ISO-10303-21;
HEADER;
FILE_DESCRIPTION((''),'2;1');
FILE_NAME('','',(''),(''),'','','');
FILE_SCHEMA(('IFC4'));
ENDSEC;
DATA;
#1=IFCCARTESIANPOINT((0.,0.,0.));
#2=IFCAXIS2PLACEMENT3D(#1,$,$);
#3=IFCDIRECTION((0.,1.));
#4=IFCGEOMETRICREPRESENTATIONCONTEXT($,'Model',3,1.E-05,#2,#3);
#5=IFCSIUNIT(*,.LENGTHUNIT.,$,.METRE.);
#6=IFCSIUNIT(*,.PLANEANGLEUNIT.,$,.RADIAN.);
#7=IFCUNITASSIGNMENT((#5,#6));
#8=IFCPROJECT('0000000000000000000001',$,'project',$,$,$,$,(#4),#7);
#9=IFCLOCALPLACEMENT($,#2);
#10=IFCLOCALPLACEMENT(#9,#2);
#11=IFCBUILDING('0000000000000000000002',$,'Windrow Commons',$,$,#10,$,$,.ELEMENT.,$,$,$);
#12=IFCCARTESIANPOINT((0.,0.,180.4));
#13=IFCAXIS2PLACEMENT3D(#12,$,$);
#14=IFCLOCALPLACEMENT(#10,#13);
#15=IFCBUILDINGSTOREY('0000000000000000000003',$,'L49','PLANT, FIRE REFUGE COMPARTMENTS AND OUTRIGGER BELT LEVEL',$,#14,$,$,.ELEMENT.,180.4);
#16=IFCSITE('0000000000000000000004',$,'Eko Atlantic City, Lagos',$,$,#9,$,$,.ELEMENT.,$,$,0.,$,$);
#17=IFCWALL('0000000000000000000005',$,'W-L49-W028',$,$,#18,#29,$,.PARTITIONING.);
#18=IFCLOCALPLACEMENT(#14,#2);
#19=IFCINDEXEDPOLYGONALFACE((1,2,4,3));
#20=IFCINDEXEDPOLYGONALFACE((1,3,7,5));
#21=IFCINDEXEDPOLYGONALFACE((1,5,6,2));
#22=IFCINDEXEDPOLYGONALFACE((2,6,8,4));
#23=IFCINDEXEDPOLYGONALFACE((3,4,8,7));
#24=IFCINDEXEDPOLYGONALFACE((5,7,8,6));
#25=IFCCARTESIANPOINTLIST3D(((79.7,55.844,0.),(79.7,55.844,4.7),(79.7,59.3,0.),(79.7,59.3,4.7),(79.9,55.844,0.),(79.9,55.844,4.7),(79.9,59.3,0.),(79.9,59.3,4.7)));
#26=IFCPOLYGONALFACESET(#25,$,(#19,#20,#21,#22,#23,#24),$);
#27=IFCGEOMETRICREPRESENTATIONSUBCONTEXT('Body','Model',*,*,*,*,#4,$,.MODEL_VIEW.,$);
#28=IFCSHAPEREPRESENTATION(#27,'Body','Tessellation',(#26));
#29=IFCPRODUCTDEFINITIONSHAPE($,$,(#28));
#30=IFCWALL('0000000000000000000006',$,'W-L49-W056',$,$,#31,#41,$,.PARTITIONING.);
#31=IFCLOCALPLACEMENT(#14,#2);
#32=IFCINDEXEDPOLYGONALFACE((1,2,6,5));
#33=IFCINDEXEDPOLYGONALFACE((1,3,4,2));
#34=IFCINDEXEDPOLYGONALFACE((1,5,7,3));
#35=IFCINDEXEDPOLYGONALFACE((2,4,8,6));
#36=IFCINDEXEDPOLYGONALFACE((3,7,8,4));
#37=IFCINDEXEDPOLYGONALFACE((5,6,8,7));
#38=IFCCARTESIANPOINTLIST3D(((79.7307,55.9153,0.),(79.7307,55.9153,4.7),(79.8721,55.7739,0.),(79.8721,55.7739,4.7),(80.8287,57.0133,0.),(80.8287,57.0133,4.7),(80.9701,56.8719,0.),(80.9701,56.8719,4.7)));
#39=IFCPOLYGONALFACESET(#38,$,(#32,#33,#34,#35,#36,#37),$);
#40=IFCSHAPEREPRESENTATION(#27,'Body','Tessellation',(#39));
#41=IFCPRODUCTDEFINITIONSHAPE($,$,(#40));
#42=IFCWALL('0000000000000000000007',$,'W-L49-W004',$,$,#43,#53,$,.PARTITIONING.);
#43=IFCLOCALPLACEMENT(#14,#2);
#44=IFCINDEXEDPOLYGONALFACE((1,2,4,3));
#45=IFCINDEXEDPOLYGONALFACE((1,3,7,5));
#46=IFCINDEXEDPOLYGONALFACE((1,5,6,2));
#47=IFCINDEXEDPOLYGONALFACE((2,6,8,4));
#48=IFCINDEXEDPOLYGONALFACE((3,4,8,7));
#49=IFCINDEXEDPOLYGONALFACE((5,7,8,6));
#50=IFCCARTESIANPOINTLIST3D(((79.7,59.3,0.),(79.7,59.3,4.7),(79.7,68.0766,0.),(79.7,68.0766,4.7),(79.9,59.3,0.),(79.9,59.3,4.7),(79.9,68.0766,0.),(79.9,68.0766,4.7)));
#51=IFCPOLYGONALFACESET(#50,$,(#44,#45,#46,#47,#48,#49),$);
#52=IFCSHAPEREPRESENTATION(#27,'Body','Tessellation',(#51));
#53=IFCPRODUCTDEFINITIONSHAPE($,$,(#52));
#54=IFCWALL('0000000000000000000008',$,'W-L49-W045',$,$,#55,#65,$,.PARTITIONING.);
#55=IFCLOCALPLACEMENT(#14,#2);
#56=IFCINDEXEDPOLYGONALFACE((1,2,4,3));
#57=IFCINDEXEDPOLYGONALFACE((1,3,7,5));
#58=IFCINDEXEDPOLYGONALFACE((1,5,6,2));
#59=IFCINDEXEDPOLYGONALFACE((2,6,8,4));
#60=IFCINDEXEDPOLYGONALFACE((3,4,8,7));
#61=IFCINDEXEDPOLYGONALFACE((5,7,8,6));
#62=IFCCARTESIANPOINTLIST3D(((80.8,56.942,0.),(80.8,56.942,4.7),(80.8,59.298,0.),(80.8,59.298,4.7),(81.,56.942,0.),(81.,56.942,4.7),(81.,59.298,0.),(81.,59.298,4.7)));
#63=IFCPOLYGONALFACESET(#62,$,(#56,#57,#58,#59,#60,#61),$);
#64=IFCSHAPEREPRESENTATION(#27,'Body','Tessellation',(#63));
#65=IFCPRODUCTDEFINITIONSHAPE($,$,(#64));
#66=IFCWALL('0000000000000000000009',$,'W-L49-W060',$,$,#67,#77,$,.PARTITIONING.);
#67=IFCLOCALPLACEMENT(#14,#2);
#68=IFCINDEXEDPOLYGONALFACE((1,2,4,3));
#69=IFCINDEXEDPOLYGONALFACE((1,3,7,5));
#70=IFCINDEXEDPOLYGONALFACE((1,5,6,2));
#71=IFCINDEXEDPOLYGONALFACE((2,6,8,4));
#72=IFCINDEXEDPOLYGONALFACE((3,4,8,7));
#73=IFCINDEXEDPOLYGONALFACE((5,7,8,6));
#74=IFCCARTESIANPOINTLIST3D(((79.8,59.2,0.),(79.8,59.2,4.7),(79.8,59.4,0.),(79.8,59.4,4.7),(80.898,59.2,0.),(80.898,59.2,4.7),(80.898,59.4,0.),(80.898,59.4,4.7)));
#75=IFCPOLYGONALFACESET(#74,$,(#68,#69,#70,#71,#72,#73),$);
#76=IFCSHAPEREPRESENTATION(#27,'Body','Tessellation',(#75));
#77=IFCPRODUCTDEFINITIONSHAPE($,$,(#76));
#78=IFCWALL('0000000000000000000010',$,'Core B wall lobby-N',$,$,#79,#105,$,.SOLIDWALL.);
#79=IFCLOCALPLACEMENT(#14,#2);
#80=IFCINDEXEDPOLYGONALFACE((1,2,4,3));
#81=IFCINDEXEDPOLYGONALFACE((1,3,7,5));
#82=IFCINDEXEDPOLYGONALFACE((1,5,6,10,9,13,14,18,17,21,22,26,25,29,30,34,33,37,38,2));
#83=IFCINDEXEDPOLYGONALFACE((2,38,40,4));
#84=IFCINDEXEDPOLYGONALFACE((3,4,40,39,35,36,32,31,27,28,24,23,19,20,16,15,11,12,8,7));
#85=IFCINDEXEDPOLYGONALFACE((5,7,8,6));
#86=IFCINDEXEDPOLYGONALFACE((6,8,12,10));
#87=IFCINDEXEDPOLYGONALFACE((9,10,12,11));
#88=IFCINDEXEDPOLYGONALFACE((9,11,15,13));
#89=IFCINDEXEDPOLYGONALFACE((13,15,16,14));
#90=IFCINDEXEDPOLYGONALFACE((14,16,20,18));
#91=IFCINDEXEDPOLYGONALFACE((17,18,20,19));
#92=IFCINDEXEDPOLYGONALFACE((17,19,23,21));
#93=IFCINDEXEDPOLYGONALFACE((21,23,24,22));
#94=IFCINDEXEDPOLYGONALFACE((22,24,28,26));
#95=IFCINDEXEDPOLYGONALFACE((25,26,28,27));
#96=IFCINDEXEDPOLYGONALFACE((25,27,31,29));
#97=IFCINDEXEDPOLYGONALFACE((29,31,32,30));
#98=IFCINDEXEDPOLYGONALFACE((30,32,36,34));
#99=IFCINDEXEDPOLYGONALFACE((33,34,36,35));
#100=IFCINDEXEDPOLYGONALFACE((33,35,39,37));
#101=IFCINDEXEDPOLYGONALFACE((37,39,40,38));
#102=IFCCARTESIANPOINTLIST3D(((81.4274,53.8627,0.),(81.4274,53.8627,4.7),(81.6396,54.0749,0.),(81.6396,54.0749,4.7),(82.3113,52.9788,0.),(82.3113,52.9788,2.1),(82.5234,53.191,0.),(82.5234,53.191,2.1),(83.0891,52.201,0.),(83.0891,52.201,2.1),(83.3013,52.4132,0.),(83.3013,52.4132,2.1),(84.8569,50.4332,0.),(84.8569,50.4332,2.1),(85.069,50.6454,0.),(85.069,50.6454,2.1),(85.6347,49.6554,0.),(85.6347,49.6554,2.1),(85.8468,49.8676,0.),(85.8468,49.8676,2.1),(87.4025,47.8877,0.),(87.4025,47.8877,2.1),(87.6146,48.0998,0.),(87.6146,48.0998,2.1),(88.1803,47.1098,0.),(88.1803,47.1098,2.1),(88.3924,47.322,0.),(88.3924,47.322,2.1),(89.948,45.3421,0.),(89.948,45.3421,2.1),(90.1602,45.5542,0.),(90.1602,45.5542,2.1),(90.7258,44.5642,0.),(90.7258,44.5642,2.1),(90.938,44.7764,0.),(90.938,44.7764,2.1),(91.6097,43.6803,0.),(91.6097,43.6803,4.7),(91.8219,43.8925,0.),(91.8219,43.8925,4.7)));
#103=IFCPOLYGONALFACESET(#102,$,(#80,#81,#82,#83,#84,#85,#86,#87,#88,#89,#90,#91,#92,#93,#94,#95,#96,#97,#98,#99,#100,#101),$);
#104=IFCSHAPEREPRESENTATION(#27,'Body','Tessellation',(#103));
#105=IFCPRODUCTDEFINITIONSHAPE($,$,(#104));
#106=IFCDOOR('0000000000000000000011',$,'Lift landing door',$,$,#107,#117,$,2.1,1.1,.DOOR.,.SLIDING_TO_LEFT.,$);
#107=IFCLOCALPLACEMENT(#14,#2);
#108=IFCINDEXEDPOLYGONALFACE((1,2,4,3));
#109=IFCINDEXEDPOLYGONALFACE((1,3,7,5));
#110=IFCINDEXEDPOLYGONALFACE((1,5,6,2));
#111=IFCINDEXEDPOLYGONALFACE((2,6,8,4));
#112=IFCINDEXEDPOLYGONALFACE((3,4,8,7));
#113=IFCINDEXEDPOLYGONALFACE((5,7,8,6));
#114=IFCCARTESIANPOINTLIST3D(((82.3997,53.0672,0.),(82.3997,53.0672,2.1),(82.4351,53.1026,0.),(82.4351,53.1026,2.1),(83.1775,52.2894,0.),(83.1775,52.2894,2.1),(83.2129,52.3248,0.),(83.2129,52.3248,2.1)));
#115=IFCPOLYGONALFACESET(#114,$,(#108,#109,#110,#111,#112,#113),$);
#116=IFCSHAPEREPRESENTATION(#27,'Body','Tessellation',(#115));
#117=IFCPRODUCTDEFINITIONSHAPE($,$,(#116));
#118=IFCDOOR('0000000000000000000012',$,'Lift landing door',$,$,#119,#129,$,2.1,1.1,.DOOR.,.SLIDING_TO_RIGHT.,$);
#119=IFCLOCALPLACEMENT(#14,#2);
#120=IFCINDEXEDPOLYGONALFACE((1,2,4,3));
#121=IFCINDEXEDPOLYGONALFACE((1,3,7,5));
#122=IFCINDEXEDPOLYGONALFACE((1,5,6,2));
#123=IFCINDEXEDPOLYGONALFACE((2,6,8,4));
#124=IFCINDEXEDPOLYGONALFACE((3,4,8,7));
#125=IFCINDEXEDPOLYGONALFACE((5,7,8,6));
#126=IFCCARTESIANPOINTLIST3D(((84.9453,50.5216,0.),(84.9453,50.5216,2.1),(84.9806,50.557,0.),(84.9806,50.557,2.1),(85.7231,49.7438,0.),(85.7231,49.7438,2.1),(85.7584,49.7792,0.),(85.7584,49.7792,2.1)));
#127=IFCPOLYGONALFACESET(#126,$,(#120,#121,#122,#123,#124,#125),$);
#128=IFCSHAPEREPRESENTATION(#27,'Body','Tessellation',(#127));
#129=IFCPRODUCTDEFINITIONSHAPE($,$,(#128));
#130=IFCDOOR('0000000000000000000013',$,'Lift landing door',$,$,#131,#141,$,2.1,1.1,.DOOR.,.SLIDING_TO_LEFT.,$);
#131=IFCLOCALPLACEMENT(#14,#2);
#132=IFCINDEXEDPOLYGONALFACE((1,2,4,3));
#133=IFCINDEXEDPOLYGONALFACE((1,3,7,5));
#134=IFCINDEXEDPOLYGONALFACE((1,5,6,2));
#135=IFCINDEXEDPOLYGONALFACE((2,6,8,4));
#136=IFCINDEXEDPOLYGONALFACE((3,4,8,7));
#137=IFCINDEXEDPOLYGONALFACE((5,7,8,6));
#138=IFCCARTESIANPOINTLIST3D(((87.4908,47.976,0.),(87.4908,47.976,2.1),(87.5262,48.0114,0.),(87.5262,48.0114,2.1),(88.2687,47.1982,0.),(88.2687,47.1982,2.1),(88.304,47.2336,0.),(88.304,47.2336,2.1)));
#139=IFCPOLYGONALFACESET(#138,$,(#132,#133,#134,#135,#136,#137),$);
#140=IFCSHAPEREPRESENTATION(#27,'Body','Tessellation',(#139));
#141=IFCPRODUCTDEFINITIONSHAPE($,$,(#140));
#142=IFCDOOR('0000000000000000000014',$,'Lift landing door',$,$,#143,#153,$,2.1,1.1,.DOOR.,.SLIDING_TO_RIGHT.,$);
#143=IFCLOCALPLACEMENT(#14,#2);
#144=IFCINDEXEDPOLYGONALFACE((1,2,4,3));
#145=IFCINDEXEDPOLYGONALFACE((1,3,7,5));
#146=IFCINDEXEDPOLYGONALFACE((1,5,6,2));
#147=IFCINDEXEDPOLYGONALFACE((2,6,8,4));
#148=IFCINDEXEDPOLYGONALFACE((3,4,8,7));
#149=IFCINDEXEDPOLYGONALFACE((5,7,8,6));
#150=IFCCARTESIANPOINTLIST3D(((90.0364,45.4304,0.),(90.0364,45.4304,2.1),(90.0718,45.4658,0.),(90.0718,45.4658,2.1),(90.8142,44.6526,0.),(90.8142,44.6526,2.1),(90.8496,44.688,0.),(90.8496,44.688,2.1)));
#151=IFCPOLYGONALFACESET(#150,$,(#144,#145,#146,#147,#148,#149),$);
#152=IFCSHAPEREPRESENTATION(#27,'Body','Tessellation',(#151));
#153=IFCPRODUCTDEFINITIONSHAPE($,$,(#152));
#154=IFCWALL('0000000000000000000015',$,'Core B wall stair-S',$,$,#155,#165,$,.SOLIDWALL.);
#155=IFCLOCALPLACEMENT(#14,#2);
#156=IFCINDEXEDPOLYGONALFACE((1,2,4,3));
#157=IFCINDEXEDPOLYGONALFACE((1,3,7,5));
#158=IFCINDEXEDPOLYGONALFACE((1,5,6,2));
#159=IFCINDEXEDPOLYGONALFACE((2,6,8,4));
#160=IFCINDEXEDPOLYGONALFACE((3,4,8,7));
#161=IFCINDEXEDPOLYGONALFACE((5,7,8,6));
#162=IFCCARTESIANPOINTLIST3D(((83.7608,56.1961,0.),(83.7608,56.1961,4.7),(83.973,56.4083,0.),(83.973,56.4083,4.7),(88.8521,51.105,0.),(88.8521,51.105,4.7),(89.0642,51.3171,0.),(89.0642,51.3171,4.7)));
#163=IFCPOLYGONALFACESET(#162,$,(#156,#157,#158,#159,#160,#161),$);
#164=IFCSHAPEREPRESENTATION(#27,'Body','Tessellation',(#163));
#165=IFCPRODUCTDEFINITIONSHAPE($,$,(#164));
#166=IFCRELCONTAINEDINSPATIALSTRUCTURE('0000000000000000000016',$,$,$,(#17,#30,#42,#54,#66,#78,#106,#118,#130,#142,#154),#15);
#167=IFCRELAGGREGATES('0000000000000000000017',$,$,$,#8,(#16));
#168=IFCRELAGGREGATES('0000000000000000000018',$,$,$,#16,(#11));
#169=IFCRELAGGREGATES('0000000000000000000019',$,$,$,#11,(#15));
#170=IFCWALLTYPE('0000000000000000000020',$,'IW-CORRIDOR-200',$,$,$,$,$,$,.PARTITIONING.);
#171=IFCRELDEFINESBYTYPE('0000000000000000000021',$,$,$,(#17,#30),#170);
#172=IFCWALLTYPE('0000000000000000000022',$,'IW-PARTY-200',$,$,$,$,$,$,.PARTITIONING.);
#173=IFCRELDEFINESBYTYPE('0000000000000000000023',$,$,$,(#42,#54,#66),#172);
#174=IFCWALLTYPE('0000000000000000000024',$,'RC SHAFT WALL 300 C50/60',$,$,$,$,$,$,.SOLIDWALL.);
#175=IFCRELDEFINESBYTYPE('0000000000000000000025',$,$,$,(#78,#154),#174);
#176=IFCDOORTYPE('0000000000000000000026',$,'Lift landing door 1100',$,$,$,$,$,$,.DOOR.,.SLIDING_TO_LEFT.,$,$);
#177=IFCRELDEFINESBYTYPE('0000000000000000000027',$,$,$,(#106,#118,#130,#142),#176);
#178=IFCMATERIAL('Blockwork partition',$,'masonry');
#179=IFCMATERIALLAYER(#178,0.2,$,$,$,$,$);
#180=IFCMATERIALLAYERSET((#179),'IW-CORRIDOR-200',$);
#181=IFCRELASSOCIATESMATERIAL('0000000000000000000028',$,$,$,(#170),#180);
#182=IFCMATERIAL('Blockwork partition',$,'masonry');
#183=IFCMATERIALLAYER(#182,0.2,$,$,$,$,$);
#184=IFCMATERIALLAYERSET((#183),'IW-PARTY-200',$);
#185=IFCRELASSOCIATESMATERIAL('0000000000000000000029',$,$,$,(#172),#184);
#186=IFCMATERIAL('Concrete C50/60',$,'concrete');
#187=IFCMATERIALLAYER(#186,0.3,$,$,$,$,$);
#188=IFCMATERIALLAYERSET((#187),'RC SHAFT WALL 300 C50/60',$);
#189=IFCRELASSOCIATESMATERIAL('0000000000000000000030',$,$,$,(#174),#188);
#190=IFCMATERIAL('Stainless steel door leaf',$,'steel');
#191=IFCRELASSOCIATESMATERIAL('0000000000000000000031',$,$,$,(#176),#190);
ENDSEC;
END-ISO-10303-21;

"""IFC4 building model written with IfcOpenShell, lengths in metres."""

from ifc_helpers import new_model, si_unit, direction, frame, frame_2d, origin, place, context, subcontext, project, spatial, rectangle, extrude, material, layer, layer_set, type_object, element, fill, save


model = new_model("IFC4")

# Units and contexts
model_context = context("Model", 3, precision=1e-05, world=origin(), true_north=direction((0.0, 1.0)))
body_context = subcontext(model_context, "Body", "Model", "MODEL_VIEW")
ifc_project = project(units=[si_unit("LENGTHUNIT", "METRE"), si_unit("PLANEANGLEUNIT", "RADIAN")], contexts=[model_context])

# Site, building, storey
site_placement = place(None, origin())
site = spatial("IfcSite", under=ifc_project, at=site_placement, Name="Eko Atlantic City, Lagos", CompositionType="ELEMENT", RefElevation=0.0)
building_placement = place(site_placement, origin())
building = spatial("IfcBuilding", under=site, at=building_placement, Name="Windrow Commons", CompositionType="ELEMENT")
storey_placement = place(building_placement, frame((0.0, 0.0, 180.4)))
storey = spatial("IfcBuildingStorey", under=building, at=storey_placement, Name="L49", Description="PLANT, FIRE REFUGE COMPARTMENTS AND OUTRIGGER BELT LEVEL", CompositionType="ELEMENT", Elevation=180.4)

# Shared definitions
ifc_material_1 = material(Name="Blockwork partition", Category="masonry")
ifc_layer_1 = layer(ifc_material_1, 0.2)
ifc_layer_set_1 = layer_set([ifc_layer_1], Name="IW-CORRIDOR-200")
wall_type_1 = type_object("IfcWallType", Name="IW-CORRIDOR-200", PredefinedType="PARTITIONING", material=ifc_layer_set_1)

# Walls
wall_1_placement = place(storey_placement, frame((79.8, 55.844, 0.0), z_axis=(0.0, 0.0, 1.0), x_axis=(0.0, 1.0, 0.0)))
element("IfcWall", 1, at=wall_1_placement, inside=storey, type_object=wall_type_1, Name="W-L49-W028", PredefinedType="PARTITIONING", context=body_context, shape_type="SweptSolid", body=[
    extrude(rectangle(XDim=3.456, YDim=0.2, at=frame_2d((1.728, 0.0))), origin(), (0.0, 0.0, 1.0), 4.7),
])
wall_2_placement = place(storey_placement, frame((79.8014, 55.8446, 0.0), z_axis=(0.0, 0.0, 1.0), x_axis=(0.707107, 0.707107, 0.0)))
element("IfcWall", 2, at=wall_2_placement, inside=storey, type_object=wall_type_1, Name="W-L49-W056", PredefinedType="PARTITIONING", context=body_context, shape_type="SweptSolid", body=[
    extrude(rectangle(XDim=1.5528, YDim=0.2, at=frame_2d((0.7764, 0.0))), origin(), (0.0, 0.0, 1.0), 4.7),
])
ifc_material_2 = material(Name="Blockwork partition", Category="masonry")
ifc_layer_2 = layer(ifc_material_2, 0.2)
ifc_layer_set_2 = layer_set([ifc_layer_2], Name="IW-PARTY-200")
wall_type_2 = type_object("IfcWallType", Name="IW-PARTY-200", PredefinedType="PARTITIONING", material=ifc_layer_set_2)
wall_3_placement = place(storey_placement, frame((79.8, 59.3, 0.0), z_axis=(0.0, 0.0, 1.0), x_axis=(0.0, 1.0, 0.0)))
element("IfcWall", 3, at=wall_3_placement, inside=storey, type_object=wall_type_2, Name="W-L49-W004", PredefinedType="PARTITIONING", context=body_context, shape_type="SweptSolid", body=[
    extrude(rectangle(XDim=8.7766, YDim=0.2, at=frame_2d((4.3883, 0.0))), origin(), (0.0, 0.0, 1.0), 4.7),
])
wall_4_placement = place(storey_placement, frame((80.9, 56.942, 0.0), z_axis=(0.0, 0.0, 1.0), x_axis=(0.0, 1.0, 0.0)))
element("IfcWall", 4, at=wall_4_placement, inside=storey, type_object=wall_type_2, Name="W-L49-W045", PredefinedType="PARTITIONING", context=body_context, shape_type="SweptSolid", body=[
    extrude(rectangle(XDim=2.356, YDim=0.2, at=frame_2d((1.178, 0.0))), origin(), (0.0, 0.0, 1.0), 4.7),
])
wall_5_placement = place(storey_placement, frame((79.8, 59.3, 0.0), z_axis=(0.0, 0.0, 1.0), x_axis=(1.0, 0.0, 0.0)))
element("IfcWall", 5, at=wall_5_placement, inside=storey, type_object=wall_type_2, Name="W-L49-W060", PredefinedType="PARTITIONING", context=body_context, shape_type="SweptSolid", body=[
    extrude(rectangle(XDim=1.098, YDim=0.2, at=frame_2d((0.549, 0.0))), origin(), (0.0, 0.0, 1.0), 4.7),
])

# Wall, openings, doors
ifc_material_3 = material(Name="Concrete C50/60", Category="concrete")
ifc_layer_3 = layer(ifc_material_3, 0.3)
ifc_layer_set_3 = layer_set([ifc_layer_3], Name="RC SHAFT WALL 300 C50/60")
wall_type_3 = type_object("IfcWallType", Name="RC SHAFT WALL 300 C50/60", PredefinedType="SOLIDWALL", material=ifc_layer_set_3)
wall_6_placement = place(storey_placement, frame((81.5335, 53.9688, 0.0), z_axis=(0.0, 0.0, 1.0), x_axis=(0.707103, -0.70711, 0.0)))
wall_6 = element("IfcWall", 6, at=wall_6_placement, inside=storey, type_object=wall_type_3, Name="Core B wall lobby-N", PredefinedType="SOLIDWALL", context=body_context, shape_type="SweptSolid", body=[
    extrude(rectangle(XDim=14.4, YDim=0.3, at=frame_2d((7.2, 0.0))), origin(), (0.0, 0.0, 1.0), 4.7),
])
opening_1_placement = place(wall_6_placement, frame((1.25, 0.0, 0.0)))
opening_1 = element("IfcOpeningElement", 7, at=opening_1_placement, cuts=wall_6, PredefinedType="OPENING", context=body_context, shape_type="SweptSolid", body=[
    extrude(rectangle(XDim=1.1, YDim=2.1, at=frame_2d((0.55, 1.05))), frame((0.0, 0.16, 0.0), z_axis=(0.0, -1.0, 0.0), x_axis=(1.0, 0.0, 0.0)), (0.0, 0.0, 1.0), 0.32),
])
opening_2_placement = place(wall_6_placement, frame((4.85, 0.0, 0.0)))
opening_2 = element("IfcOpeningElement", 8, at=opening_2_placement, cuts=wall_6, PredefinedType="OPENING", context=body_context, shape_type="SweptSolid", body=[
    extrude(rectangle(XDim=1.1, YDim=2.1, at=frame_2d((0.55, 1.05))), frame((0.0, 0.16, 0.0), z_axis=(0.0, -1.0, 0.0), x_axis=(1.0, 0.0, 0.0)), (0.0, 0.0, 1.0), 0.32),
])
opening_3_placement = place(wall_6_placement, frame((8.45, 0.0, 0.0)))
opening_3 = element("IfcOpeningElement", 9, at=opening_3_placement, cuts=wall_6, PredefinedType="OPENING", context=body_context, shape_type="SweptSolid", body=[
    extrude(rectangle(XDim=1.1, YDim=2.1, at=frame_2d((0.55, 1.05))), frame((0.0, 0.16, 0.0), z_axis=(0.0, -1.0, 0.0), x_axis=(1.0, 0.0, 0.0)), (0.0, 0.0, 1.0), 0.32),
])
opening_4_placement = place(wall_6_placement, frame((12.05, 0.0, 0.0)))
opening_4 = element("IfcOpeningElement", 10, at=opening_4_placement, cuts=wall_6, PredefinedType="OPENING", context=body_context, shape_type="SweptSolid", body=[
    extrude(rectangle(XDim=1.1, YDim=2.1, at=frame_2d((0.55, 1.05))), frame((0.0, 0.16, 0.0), z_axis=(0.0, -1.0, 0.0), x_axis=(1.0, 0.0, 0.0)), (0.0, 0.0, 1.0), 0.32),
])
ifc_material_4 = material(Name="Stainless steel door leaf", Category="steel")
door_type_1 = type_object("IfcDoorType", Name="Lift landing door 1100", OperationType="SLIDING_TO_LEFT", PredefinedType="DOOR", material=ifc_material_4)
door_1_placement = place(opening_1_placement, origin())
door_1 = element("IfcDoor", 11, at=door_1_placement, inside=storey, type_object=door_type_1, Name="Lift landing door", OperationType="SLIDING_TO_LEFT", OverallHeight=2.1, OverallWidth=1.1, PredefinedType="DOOR", context=body_context, shape_type="SweptSolid", body=[
    extrude(rectangle(XDim=1.1, YDim=2.1, at=frame_2d((0.55, 1.05))), frame((0.0, 0.025, 0.0), z_axis=(0.0, -1.0, 0.0), x_axis=(1.0, 0.0, 0.0)), (0.0, 0.0, 1.0), 0.05),
])
fill(opening_1, door_1)
door_2_placement = place(opening_2_placement, origin())
door_2 = element("IfcDoor", 12, at=door_2_placement, inside=storey, type_object=door_type_1, Name="Lift landing door", OperationType="SLIDING_TO_RIGHT", OverallHeight=2.1, OverallWidth=1.1, PredefinedType="DOOR", context=body_context, shape_type="SweptSolid", body=[
    extrude(rectangle(XDim=1.1, YDim=2.1, at=frame_2d((0.55, 1.05))), frame((0.0, 0.025, 0.0), z_axis=(0.0, -1.0, 0.0), x_axis=(1.0, 0.0, 0.0)), (0.0, 0.0, 1.0), 0.05),
])
fill(opening_2, door_2)
door_3_placement = place(opening_3_placement, origin())
door_3 = element("IfcDoor", 13, at=door_3_placement, inside=storey, type_object=door_type_1, Name="Lift landing door", OperationType="SLIDING_TO_LEFT", OverallHeight=2.1, OverallWidth=1.1, PredefinedType="DOOR", context=body_context, shape_type="SweptSolid", body=[
    extrude(rectangle(XDim=1.1, YDim=2.1, at=frame_2d((0.55, 1.05))), frame((0.0, 0.025, 0.0), z_axis=(0.0, -1.0, 0.0), x_axis=(1.0, 0.0, 0.0)), (0.0, 0.0, 1.0), 0.05),
])
fill(opening_3, door_3)
door_4_placement = place(opening_4_placement, origin())
door_4 = element("IfcDoor", 14, at=door_4_placement, inside=storey, type_object=door_type_1, Name="Lift landing door", OperationType="SLIDING_TO_RIGHT", OverallHeight=2.1, OverallWidth=1.1, PredefinedType="DOOR", context=body_context, shape_type="SweptSolid", body=[
    extrude(rectangle(XDim=1.1, YDim=2.1, at=frame_2d((0.55, 1.05))), frame((0.0, 0.025, 0.0), z_axis=(0.0, -1.0, 0.0), x_axis=(1.0, 0.0, 0.0)), (0.0, 0.0, 1.0), 0.05),
])
fill(opening_4, door_4)

# Wall
wall_7_placement = place(storey_placement, frame((83.8669, 56.3022, 0.0), z_axis=(0.0, 0.0, 1.0), x_axis=(0.707114, -0.7071, 0.0)))
element("IfcWall", 15, at=wall_7_placement, inside=storey, type_object=wall_type_3, Name="Core B wall stair-S", PredefinedType="SOLIDWALL", context=body_context, shape_type="SweptSolid", body=[
    extrude(rectangle(XDim=7.2, YDim=0.3, at=frame_2d((3.6, 0.0))), origin(), (0.0, 0.0, 1.0), 4.7),
])

save(model, "model.ifc")
